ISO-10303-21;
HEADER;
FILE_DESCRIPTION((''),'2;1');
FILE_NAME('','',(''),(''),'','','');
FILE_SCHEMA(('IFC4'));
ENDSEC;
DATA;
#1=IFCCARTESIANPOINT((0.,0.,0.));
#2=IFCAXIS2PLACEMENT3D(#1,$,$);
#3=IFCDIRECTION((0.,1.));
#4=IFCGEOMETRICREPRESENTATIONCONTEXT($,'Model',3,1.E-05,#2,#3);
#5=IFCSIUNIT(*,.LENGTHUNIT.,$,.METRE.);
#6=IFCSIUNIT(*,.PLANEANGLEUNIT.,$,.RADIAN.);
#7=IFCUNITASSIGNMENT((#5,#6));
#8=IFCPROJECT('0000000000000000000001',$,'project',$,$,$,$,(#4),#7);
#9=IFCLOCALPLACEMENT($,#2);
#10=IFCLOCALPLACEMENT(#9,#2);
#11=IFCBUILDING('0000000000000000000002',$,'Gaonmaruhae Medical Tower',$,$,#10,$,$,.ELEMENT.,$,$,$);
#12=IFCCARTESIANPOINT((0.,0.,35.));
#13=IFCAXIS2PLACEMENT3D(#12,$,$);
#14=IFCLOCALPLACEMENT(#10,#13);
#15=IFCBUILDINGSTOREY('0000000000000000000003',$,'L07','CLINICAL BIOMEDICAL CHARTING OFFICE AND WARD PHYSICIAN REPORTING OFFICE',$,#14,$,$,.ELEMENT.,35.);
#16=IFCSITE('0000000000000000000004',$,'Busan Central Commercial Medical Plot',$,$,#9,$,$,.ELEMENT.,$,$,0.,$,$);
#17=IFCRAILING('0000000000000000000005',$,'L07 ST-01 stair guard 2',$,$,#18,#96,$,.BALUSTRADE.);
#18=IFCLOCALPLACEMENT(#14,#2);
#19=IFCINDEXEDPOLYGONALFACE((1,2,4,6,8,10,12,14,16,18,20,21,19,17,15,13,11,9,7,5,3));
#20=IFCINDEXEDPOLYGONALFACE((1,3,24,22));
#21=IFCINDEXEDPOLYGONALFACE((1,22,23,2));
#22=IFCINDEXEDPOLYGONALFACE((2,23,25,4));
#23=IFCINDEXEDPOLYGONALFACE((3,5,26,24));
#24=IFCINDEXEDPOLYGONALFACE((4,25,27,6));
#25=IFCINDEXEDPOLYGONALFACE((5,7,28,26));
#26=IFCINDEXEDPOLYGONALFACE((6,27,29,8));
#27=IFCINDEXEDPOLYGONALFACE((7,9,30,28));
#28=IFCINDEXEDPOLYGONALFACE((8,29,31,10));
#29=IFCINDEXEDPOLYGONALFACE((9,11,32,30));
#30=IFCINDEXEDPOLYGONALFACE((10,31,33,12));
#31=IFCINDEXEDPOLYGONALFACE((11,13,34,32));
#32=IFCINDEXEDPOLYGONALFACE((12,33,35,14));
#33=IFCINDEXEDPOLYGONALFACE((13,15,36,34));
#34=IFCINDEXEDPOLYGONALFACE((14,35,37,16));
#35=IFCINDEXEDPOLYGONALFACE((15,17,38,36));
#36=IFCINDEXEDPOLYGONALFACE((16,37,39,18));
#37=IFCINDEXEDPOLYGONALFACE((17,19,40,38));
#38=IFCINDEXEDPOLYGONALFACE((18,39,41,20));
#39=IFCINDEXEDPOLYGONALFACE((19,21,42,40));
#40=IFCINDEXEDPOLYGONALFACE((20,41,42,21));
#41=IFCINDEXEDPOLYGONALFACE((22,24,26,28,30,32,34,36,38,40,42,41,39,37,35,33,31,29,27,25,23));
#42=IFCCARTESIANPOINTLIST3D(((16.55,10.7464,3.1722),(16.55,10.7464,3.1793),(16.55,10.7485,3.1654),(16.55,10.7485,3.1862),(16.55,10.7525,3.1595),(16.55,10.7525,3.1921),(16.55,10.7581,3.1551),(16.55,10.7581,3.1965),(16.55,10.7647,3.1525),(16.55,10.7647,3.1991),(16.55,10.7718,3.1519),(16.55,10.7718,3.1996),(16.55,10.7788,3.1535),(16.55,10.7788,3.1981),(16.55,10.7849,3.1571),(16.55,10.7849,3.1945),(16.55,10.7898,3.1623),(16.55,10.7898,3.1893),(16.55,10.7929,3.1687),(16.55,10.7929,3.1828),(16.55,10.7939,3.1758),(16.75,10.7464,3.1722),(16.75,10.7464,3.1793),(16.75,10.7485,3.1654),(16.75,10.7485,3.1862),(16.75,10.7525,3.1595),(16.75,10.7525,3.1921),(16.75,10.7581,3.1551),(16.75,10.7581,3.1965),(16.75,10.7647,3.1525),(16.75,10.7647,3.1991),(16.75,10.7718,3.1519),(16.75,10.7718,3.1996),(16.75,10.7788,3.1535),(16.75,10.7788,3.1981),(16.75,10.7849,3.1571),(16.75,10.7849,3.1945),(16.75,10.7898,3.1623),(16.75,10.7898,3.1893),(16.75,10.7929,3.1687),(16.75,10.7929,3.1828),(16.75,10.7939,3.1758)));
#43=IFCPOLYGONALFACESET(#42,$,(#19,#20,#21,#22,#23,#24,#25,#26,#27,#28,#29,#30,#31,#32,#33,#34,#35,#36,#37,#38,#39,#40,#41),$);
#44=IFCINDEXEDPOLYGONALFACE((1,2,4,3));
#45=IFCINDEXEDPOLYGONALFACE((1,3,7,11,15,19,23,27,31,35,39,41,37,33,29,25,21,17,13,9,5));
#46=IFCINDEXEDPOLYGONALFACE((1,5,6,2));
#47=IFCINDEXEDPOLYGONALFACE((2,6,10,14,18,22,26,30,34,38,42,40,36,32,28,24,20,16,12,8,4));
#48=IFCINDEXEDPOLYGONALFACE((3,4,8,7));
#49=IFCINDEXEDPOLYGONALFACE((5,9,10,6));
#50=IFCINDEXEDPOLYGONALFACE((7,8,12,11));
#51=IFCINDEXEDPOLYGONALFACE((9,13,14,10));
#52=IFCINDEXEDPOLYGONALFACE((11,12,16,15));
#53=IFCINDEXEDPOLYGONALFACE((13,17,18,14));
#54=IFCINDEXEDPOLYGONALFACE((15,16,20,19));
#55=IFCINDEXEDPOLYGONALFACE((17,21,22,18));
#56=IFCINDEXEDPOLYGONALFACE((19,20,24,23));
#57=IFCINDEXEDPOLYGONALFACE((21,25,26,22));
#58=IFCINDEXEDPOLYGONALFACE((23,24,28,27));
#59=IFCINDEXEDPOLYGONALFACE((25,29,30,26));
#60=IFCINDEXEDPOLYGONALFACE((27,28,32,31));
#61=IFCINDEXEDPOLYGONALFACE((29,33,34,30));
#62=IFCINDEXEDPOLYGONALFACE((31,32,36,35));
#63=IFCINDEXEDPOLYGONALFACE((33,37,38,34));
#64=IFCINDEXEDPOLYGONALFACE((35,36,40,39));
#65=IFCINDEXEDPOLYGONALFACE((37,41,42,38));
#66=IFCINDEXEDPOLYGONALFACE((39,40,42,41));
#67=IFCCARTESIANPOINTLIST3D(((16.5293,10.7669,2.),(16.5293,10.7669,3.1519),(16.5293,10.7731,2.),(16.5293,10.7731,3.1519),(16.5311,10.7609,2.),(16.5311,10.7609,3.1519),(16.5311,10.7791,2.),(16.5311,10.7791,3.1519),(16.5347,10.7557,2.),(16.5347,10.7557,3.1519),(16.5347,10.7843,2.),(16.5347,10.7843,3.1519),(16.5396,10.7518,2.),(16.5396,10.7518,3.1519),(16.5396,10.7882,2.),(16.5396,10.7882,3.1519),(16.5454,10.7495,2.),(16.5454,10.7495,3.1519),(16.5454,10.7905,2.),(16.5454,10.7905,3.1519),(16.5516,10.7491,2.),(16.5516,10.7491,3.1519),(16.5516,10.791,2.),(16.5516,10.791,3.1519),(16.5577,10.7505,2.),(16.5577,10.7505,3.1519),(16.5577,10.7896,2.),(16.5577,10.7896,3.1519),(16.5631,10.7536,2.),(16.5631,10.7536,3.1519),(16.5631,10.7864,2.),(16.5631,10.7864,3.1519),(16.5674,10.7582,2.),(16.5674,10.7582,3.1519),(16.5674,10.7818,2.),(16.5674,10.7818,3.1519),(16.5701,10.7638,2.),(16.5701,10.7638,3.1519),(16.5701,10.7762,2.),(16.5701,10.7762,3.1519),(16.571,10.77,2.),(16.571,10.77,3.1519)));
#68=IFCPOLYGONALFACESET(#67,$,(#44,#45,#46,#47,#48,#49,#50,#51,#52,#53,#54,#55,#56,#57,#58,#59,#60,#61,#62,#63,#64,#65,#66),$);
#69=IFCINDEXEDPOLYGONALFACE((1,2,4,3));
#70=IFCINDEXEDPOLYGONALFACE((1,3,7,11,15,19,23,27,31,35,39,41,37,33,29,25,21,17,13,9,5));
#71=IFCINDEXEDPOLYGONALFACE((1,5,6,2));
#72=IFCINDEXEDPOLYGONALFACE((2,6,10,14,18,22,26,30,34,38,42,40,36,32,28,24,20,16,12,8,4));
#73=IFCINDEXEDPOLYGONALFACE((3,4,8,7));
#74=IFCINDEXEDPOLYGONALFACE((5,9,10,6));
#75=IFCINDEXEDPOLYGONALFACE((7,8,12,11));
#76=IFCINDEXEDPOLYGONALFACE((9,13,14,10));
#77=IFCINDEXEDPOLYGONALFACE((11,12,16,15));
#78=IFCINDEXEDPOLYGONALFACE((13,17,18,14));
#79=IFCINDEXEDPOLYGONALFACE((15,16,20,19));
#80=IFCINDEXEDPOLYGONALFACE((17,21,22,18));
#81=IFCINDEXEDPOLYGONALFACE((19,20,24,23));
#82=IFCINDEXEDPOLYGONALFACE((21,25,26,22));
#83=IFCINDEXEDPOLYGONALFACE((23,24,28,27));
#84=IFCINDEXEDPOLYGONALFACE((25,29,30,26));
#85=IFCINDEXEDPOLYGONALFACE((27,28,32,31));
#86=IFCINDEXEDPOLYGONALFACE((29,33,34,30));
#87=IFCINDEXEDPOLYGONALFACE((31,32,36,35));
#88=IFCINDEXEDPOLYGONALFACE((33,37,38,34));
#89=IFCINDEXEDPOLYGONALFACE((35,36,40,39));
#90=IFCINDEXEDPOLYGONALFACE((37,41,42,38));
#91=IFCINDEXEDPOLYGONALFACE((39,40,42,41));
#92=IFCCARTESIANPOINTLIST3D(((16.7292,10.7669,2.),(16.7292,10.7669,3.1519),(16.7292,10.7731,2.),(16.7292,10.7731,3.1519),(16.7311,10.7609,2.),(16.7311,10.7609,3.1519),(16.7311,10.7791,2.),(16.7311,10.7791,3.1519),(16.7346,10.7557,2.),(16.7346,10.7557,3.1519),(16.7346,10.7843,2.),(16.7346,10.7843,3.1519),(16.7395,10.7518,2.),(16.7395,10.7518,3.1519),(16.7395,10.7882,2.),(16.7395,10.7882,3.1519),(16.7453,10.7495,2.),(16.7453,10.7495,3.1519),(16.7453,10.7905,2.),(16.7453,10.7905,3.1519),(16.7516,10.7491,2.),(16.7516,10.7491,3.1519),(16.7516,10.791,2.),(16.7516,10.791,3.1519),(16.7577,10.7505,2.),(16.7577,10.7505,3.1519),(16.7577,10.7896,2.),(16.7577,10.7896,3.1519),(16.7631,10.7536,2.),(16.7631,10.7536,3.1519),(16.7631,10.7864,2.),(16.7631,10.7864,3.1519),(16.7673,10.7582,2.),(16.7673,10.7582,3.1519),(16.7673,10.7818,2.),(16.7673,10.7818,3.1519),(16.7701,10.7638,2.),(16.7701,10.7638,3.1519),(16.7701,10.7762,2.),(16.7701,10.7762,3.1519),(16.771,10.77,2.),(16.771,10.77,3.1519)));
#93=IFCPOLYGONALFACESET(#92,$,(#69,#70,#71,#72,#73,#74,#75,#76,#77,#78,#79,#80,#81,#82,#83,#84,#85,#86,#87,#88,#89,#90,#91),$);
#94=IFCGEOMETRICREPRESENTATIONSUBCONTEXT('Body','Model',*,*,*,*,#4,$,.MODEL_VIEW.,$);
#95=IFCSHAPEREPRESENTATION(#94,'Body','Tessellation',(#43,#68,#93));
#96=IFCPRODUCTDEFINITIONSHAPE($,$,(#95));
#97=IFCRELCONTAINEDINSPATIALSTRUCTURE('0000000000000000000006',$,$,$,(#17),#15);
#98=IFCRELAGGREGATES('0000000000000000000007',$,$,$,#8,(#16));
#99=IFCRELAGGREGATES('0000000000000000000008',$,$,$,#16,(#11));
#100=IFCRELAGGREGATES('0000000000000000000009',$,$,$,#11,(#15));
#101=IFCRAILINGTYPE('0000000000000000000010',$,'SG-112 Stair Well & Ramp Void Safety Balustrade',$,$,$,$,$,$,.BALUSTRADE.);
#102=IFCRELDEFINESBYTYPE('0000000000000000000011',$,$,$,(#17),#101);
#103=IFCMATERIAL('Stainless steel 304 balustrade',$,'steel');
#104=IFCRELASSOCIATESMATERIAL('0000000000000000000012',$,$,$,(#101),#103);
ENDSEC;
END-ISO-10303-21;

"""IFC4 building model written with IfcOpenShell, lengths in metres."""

from ifc_helpers import new_model, si_unit, direction, frame, origin, origin_2d, place, context, subcontext, project, spatial, circle, extrude, material, type_object, element, save


model = new_model("IFC4")

# Units and contexts
model_context = context("Model", 3, precision=1e-05, world=origin(), true_north=direction((0.0, 1.0)))
body_context = subcontext(model_context, "Body", "Model", "MODEL_VIEW")
ifc_project = project(units=[si_unit("LENGTHUNIT", "METRE"), si_unit("PLANEANGLEUNIT", "RADIAN")], contexts=[model_context])

# Site, building, storey
site_placement = place(None, origin())
site = spatial("IfcSite", under=ifc_project, at=site_placement, Name="Busan Central Commercial Medical Plot", CompositionType="ELEMENT", RefElevation=0.0)
building_placement = place(site_placement, origin())
building = spatial("IfcBuilding", under=site, at=building_placement, Name="Gaonmaruhae Medical Tower", CompositionType="ELEMENT")
storey_placement = place(building_placement, frame((0.0, 0.0, 35.0)))
storey = spatial("IfcBuildingStorey", under=building, at=storey_placement, Name="L07", Description="CLINICAL BIOMEDICAL CHARTING OFFICE AND WARD PHYSICIAN REPORTING OFFICE", CompositionType="ELEMENT", Elevation=35.0)

# Railing
ifc_material_1 = material(Name="Stainless steel 304 balustrade", Category="steel")
railing_type_1 = type_object("IfcRailingType", Name="SG-112 Stair Well & Ramp Void Safety Balustrade", PredefinedType="BALUSTRADE", material=ifc_material_1)
railing_1_placement = place(storey_placement, frame((16.55, 10.77, 2.0)))
element("IfcRailing", 1, at=railing_1_placement, inside=storey, type_object=railing_type_1, Name="L07 ST-01 stair guard 2", PredefinedType="BALUSTRADE", context=body_context, shape_type="SweptSolid", body=[
    extrude(circle(Radius=0.0239, at=origin_2d()), frame((0.0, 0.0, 1.1758), z_axis=(1.0, 0.0, 0.0), x_axis=(0.0, 1.0, 0.0)), (0.0, 0.0, 1.0), 0.2),
    extrude(circle(Radius=0.021, at=origin_2d()), origin(), (0.0, 0.0, 1.0), 1.1519),
    extrude(circle(Radius=0.021, at=origin_2d()), frame((0.2, 0.0, 0.0)), (0.0, 0.0, 1.0), 1.1519),
])

save(model, "model.ifc")
